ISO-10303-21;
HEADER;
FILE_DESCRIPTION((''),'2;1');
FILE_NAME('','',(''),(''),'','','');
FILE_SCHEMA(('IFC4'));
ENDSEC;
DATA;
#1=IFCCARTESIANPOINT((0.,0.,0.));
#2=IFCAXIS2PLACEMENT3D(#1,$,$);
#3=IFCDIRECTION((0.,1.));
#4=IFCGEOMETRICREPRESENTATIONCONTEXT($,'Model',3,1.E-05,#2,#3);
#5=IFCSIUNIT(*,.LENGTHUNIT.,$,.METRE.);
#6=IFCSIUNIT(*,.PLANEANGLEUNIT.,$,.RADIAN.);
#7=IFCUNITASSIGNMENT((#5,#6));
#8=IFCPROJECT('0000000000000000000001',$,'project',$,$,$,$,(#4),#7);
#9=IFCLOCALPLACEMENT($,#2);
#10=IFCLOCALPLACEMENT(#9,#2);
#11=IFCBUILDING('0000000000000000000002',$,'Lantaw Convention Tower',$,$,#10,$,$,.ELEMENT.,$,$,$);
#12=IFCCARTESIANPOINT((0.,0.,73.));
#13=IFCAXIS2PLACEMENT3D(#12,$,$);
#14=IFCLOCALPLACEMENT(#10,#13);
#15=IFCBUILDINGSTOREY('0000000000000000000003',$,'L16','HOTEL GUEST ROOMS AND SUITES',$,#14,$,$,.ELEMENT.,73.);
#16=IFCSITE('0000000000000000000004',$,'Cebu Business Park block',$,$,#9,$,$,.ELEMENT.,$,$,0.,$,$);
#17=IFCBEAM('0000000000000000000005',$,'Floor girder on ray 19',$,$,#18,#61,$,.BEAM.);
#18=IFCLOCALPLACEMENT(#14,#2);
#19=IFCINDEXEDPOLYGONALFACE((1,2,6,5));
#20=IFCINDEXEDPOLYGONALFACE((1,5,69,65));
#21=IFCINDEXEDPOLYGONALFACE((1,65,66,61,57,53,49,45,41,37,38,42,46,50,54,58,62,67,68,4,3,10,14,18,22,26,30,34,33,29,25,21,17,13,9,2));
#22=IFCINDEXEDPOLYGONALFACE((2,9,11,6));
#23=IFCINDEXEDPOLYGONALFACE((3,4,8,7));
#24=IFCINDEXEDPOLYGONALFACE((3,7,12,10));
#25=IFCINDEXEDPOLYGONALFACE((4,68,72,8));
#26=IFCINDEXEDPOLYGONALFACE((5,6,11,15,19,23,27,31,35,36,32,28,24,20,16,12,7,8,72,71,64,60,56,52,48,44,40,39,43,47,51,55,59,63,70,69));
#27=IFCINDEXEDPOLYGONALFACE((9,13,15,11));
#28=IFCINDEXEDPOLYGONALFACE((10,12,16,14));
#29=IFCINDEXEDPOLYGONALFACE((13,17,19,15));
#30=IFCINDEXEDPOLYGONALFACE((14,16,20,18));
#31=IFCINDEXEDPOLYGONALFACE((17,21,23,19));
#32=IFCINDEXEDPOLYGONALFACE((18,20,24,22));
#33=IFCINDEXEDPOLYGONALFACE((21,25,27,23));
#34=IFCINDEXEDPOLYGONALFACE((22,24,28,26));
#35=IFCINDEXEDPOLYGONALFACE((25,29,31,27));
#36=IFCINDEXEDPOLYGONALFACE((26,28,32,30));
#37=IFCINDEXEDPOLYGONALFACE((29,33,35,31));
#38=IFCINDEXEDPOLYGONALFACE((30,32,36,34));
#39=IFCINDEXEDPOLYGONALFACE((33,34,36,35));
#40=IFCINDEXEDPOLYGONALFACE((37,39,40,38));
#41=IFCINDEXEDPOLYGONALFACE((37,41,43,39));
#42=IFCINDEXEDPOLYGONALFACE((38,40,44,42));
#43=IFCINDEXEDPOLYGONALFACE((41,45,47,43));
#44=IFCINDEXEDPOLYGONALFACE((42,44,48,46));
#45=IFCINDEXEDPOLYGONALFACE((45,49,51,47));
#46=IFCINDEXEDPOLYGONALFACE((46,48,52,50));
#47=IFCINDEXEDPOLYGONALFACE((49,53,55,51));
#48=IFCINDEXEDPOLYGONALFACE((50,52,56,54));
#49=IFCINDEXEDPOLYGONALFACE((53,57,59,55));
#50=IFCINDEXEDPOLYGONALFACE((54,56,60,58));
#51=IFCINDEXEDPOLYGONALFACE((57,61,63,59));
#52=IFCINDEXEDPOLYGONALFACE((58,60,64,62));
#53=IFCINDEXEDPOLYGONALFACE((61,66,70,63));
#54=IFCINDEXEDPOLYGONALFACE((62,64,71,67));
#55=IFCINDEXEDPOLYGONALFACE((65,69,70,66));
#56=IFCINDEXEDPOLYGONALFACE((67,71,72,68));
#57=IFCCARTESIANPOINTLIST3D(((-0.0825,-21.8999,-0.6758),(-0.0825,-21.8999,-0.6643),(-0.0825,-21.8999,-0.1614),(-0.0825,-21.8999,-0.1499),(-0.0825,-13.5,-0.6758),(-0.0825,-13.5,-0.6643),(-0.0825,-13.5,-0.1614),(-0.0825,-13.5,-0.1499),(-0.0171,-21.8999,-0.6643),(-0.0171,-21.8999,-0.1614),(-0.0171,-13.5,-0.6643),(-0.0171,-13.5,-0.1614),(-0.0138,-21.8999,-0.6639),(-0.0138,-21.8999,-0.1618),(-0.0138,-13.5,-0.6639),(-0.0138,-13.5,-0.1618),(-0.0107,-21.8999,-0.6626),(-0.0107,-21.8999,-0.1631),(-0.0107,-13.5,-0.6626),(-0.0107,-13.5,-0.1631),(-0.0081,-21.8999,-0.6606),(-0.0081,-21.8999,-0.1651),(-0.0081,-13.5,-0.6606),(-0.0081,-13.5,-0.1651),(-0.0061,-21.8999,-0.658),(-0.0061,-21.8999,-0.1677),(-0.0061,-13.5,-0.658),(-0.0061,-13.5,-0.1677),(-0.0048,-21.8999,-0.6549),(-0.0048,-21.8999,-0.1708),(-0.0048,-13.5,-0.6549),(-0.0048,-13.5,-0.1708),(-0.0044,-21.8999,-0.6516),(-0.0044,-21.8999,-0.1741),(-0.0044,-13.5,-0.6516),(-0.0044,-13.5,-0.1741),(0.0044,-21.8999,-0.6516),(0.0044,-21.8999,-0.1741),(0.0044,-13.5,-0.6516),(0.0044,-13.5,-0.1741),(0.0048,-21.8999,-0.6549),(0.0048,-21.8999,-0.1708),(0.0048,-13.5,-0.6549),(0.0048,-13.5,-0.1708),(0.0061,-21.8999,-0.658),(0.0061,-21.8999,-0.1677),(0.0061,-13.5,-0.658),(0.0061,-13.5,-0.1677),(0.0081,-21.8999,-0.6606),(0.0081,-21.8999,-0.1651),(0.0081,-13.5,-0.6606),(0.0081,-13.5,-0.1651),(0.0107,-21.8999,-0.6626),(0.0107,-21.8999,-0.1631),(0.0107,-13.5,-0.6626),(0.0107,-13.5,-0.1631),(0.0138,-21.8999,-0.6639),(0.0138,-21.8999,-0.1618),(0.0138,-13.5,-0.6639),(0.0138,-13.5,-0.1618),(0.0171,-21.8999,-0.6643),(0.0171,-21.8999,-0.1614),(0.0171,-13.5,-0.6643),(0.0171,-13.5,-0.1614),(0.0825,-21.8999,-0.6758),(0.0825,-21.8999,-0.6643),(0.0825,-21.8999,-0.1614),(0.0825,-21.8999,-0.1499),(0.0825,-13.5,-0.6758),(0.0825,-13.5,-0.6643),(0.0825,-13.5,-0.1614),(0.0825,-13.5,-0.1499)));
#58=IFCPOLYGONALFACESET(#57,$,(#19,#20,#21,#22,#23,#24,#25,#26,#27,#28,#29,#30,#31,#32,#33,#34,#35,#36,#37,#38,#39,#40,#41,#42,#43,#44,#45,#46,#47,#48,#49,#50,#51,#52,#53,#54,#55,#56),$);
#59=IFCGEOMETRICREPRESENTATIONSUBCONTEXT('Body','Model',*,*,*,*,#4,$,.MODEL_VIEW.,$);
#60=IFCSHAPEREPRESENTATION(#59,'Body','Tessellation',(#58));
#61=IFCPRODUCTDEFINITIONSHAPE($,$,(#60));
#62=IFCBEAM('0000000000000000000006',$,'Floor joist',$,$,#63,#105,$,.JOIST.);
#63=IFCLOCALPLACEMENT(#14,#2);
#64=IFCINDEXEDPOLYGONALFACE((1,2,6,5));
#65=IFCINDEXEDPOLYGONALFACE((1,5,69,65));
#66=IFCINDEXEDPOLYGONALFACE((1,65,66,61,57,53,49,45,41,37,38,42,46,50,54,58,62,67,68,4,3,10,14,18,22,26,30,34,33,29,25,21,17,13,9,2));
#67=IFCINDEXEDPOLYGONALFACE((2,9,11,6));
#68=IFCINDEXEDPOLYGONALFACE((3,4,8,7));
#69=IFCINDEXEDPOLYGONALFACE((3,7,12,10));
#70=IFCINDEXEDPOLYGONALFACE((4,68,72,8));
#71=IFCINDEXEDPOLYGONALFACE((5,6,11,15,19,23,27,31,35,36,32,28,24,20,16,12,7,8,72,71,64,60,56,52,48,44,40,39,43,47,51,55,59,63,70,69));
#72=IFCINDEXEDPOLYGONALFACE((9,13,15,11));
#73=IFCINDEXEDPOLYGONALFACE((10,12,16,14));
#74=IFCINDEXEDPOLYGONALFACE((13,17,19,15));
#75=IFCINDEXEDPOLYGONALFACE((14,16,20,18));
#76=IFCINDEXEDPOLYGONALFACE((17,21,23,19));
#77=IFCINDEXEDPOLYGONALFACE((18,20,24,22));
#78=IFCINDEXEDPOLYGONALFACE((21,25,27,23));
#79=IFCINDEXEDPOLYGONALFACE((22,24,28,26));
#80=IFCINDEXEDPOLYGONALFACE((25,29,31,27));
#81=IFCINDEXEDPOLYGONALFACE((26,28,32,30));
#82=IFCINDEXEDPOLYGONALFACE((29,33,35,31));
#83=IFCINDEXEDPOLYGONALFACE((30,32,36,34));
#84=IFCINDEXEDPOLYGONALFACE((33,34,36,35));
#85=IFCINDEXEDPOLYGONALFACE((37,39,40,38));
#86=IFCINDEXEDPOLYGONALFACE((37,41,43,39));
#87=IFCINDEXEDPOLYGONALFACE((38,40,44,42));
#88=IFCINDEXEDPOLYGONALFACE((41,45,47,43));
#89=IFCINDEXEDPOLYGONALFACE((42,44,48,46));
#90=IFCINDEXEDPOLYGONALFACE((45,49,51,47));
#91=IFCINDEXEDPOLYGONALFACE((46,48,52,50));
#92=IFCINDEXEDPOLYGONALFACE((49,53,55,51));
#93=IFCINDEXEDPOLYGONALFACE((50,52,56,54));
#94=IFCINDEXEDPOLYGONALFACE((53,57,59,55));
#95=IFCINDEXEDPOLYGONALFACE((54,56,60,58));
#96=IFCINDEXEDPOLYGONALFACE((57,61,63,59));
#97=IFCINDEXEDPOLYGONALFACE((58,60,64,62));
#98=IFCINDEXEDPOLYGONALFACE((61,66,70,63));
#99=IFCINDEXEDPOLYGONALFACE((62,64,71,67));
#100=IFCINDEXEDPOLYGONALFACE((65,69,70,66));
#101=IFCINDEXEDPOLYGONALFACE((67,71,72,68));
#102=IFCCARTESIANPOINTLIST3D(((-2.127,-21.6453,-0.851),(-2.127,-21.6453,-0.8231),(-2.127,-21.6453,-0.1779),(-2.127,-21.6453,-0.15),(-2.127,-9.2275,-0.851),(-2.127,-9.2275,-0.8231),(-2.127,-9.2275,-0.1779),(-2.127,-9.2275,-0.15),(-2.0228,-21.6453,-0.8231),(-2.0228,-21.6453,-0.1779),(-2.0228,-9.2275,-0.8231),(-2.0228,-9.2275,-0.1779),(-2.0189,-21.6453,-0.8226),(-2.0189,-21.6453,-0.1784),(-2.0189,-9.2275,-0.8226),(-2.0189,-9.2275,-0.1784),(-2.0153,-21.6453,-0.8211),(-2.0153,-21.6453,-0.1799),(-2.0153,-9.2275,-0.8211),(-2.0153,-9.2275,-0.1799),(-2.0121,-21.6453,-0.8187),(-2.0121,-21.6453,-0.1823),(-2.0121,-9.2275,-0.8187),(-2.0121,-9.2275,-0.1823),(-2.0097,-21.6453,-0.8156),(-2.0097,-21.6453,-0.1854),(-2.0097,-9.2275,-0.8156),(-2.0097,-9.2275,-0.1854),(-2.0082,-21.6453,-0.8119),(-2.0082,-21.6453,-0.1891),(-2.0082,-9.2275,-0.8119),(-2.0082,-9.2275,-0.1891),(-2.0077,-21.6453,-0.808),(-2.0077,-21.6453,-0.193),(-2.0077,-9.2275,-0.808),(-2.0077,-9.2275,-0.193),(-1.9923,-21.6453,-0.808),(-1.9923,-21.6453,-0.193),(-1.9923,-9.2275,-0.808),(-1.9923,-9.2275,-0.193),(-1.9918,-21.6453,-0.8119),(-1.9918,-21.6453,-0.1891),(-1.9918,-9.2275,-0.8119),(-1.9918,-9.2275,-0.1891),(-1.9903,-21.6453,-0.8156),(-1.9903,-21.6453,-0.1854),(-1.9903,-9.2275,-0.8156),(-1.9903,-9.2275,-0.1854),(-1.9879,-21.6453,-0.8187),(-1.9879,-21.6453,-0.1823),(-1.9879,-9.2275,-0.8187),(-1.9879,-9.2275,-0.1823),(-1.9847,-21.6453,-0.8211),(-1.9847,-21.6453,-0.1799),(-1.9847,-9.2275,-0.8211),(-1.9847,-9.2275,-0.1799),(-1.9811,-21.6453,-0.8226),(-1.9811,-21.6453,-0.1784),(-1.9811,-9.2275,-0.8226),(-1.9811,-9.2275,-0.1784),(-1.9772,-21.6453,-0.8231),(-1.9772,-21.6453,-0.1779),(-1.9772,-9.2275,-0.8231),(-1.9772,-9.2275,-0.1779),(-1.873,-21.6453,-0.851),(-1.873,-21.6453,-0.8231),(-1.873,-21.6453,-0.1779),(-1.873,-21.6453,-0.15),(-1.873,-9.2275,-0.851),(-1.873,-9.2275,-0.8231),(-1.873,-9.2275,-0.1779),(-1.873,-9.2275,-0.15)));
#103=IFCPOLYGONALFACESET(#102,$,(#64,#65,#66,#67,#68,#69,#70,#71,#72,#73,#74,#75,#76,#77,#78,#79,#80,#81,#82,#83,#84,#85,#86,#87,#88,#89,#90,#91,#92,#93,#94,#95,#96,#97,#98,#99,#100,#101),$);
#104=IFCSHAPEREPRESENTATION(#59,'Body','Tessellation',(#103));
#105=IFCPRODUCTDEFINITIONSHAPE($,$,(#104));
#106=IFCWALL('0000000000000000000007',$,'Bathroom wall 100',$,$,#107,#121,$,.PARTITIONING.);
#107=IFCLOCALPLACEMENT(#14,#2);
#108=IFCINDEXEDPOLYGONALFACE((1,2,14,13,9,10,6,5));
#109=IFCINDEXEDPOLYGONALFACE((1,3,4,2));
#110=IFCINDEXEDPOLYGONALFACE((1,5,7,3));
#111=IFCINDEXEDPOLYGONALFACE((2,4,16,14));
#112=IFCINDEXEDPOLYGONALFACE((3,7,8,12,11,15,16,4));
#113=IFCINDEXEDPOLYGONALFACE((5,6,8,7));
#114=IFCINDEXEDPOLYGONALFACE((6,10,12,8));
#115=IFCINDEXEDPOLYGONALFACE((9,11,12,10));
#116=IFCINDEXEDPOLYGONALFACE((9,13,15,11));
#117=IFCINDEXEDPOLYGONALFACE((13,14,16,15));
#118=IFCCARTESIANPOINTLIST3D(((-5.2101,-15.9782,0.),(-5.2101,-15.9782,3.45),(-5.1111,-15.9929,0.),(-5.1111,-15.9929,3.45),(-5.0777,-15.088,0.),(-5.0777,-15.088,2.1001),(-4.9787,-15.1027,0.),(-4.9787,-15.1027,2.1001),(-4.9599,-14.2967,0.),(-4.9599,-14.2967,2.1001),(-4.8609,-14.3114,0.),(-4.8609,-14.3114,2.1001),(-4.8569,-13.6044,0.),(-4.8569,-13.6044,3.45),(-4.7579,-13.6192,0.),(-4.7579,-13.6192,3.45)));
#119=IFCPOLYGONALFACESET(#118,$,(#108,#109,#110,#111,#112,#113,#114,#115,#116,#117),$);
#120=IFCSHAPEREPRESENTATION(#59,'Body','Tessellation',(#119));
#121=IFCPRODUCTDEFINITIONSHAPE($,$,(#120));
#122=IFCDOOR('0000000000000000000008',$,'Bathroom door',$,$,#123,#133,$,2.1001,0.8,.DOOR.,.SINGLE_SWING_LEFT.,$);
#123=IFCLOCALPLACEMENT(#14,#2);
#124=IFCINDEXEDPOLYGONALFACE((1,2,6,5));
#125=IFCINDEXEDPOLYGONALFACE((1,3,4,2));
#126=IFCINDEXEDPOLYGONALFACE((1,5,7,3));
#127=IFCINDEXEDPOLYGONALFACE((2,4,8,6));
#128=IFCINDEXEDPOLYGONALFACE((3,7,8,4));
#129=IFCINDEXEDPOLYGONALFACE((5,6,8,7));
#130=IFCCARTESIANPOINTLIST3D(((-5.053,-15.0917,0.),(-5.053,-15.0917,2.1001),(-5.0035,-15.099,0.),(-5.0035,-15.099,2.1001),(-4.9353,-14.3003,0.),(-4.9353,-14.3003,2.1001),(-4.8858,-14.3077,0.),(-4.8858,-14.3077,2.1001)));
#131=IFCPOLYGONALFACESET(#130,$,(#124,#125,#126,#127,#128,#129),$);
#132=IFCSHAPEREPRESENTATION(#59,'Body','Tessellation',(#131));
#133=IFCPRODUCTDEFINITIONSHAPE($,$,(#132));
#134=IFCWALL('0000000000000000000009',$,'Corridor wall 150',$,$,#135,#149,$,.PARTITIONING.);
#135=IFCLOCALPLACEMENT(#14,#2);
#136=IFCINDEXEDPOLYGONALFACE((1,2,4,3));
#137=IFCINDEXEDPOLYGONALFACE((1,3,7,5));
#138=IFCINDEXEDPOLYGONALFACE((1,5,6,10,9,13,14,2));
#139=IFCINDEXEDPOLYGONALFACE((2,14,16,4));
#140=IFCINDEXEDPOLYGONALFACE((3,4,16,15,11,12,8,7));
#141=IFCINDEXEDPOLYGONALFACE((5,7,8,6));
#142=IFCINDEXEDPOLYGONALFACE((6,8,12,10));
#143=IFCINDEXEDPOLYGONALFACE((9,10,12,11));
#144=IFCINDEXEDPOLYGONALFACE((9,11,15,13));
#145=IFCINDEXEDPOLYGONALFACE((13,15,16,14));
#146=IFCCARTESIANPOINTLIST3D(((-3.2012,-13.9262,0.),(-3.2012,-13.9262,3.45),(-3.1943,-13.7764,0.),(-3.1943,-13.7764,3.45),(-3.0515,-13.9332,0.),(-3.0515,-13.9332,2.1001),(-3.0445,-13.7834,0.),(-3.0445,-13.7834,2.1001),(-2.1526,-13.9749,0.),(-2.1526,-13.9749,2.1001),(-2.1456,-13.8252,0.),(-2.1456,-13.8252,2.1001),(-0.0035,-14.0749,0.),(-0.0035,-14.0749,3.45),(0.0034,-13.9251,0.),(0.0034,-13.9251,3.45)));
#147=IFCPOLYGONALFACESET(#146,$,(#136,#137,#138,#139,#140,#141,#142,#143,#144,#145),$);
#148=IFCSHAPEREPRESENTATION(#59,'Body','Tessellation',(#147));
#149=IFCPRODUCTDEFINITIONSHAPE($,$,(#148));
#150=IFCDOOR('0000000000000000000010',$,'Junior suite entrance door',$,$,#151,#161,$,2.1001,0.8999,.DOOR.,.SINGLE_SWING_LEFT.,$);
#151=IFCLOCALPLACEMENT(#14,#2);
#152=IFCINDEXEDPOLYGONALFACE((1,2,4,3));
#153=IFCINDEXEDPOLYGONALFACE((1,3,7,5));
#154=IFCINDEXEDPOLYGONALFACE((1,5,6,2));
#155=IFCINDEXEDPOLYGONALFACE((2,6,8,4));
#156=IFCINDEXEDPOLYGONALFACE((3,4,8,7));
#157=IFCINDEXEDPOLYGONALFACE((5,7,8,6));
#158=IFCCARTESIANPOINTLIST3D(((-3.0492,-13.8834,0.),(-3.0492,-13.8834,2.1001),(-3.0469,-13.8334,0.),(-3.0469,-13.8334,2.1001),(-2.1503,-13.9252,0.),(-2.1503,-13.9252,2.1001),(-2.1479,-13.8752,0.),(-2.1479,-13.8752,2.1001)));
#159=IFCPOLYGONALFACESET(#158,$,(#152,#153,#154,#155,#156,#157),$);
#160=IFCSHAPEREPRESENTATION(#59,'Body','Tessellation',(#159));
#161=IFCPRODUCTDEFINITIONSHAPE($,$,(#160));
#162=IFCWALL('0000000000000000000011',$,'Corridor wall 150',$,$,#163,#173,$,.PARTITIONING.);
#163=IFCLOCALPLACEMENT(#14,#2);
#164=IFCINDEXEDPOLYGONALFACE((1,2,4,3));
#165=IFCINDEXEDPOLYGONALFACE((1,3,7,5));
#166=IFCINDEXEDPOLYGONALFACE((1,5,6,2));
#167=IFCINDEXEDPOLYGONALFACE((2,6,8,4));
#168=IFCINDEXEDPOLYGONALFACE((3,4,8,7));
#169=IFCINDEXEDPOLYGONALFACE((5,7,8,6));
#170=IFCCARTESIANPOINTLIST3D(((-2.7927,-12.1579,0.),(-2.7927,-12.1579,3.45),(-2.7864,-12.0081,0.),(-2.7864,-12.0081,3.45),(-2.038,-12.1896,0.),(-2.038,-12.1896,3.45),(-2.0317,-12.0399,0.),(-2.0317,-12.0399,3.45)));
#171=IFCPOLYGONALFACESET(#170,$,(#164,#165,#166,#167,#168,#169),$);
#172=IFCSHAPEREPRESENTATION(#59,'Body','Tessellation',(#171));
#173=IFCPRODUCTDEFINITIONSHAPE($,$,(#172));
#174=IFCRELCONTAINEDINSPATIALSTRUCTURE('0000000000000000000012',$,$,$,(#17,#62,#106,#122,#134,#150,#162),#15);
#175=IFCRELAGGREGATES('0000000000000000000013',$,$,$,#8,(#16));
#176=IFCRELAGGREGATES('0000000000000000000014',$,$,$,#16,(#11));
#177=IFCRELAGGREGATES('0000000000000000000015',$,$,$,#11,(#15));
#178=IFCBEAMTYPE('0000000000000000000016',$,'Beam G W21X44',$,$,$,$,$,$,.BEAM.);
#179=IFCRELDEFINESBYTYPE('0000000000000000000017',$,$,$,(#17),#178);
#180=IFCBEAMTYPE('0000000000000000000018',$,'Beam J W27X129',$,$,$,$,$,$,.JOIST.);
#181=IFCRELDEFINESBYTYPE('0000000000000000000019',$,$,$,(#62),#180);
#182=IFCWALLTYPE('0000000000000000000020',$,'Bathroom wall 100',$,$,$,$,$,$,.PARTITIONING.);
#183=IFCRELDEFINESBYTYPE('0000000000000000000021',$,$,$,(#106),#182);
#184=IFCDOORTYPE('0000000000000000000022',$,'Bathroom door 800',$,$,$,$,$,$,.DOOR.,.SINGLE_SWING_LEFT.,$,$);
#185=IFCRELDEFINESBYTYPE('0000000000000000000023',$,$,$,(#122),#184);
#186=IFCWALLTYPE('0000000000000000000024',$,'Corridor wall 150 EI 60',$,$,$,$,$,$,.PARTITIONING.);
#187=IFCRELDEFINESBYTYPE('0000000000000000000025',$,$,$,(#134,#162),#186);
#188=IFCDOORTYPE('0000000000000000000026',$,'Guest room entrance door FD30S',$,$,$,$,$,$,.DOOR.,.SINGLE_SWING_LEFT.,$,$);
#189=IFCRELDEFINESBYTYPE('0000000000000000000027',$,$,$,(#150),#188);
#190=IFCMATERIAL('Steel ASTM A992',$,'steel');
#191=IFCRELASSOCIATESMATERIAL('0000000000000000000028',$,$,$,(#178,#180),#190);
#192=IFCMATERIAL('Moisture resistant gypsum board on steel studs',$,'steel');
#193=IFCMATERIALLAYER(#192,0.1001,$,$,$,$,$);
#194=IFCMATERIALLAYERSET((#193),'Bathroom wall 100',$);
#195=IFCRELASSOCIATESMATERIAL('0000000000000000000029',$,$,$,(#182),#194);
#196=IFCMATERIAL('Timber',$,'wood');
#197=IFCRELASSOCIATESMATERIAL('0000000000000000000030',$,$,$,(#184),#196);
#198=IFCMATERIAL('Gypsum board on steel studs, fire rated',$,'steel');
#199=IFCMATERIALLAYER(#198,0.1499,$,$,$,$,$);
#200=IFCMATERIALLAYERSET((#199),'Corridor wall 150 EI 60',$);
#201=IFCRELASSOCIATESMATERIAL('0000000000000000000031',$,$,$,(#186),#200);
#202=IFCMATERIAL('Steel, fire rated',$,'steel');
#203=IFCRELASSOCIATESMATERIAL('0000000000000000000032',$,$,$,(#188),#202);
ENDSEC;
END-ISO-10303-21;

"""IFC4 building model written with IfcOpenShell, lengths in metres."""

from ifc_helpers import new_model, si_unit, direction, frame, frame_2d, origin, origin_2d, place, context, subcontext, project, spatial, rectangle, i_section, extrude, material, layer, layer_set, material_profile, profile_set, type_object, element, fill, save


model = new_model("IFC4")

# Units and contexts
model_context = context("Model", 3, precision=1e-05, world=origin(), true_north=direction((0.0, 1.0)))
body_context = subcontext(model_context, "Body", "Model", "MODEL_VIEW")
ifc_project = project(units=[si_unit("LENGTHUNIT", "METRE"), si_unit("PLANEANGLEUNIT", "RADIAN")], contexts=[model_context])

# Site, building, storey
site_placement = place(None, origin())
site = spatial("IfcSite", under=ifc_project, at=site_placement, Name="Cebu Business Park block", CompositionType="ELEMENT", RefElevation=0.0)
building_placement = place(site_placement, origin())
building = spatial("IfcBuilding", under=site, at=building_placement, Name="Lantaw Convention Tower", CompositionType="ELEMENT")
storey_placement = place(building_placement, frame((0.0, 0.0, 73.0)))
storey = spatial("IfcBuildingStorey", under=building, at=storey_placement, Name="L16", Description="HOTEL GUEST ROOMS AND SUITES", CompositionType="ELEMENT", Elevation=73.0)

# Beams
ifc_material_1 = material(Name="Steel ASTM A992", Category="steel")
ifc_material_profile_1 = material_profile(ifc_material_1, i_section(OverallWidth=0.165, OverallDepth=0.5259, WebThickness=0.0088, FlangeThickness=0.0115, FilletRadius=0.0127, at=origin_2d()), Name="W21X44")
ifc_profile_set_1 = profile_set([ifc_material_profile_1], Name="Steel ASTM A992")
beam_type_1 = type_object("IfcBeamType", Name="Beam G W21X44", PredefinedType="BEAM", material=ifc_profile_set_1)
beam_1_placement = place(storey_placement, frame((0.0, -13.5, -0.4128), z_axis=(0.0, -1.0, 0.0), x_axis=(1.0, 0.0, 0.0)))
element("IfcBeam", 1, at=beam_1_placement, inside=storey, type_object=beam_type_1, Name="Floor girder on ray 19", PredefinedType="BEAM", context=body_context, shape_type="SweptSolid", body=[
    extrude(i_section(OverallWidth=0.165, OverallDepth=0.5259, WebThickness=0.0088, FlangeThickness=0.0115, FilletRadius=0.0127, at=origin_2d()), origin(), (0.0, 0.0, 1.0), 8.3999),
])
ifc_material_profile_2 = material_profile(ifc_material_1, i_section(OverallWidth=0.2539, OverallDepth=0.7009, WebThickness=0.0154, FlangeThickness=0.0278, FilletRadius=0.0151, at=origin_2d()), Name="W27X129")
ifc_profile_set_2 = profile_set([ifc_material_profile_2], Name="Steel ASTM A992")
beam_type_2 = type_object("IfcBeamType", Name="Beam J W27X129", PredefinedType="JOIST", material=ifc_profile_set_2)
beam_2_placement = place(storey_placement, frame((-2.0, -21.6453, -0.5005), z_axis=(0.0, 1.0, 0.0), x_axis=(-1.0, 0.0, 0.0)))
element("IfcBeam", 2, at=beam_2_placement, inside=storey, type_object=beam_type_2, Name="Floor joist", PredefinedType="JOIST", context=body_context, shape_type="SweptSolid", body=[
    extrude(i_section(OverallWidth=0.2539, OverallDepth=0.7009, WebThickness=0.0154, FlangeThickness=0.0278, FilletRadius=0.0151, at=origin_2d()), origin(), (0.0, 0.0, 1.0), 12.4177),
])

# Walls, openings, doors
ifc_material_2 = material(Name="Moisture resistant gypsum board on steel studs", Category="steel")
ifc_layer_1 = layer(ifc_material_2, 0.1001)
ifc_layer_set_1 = layer_set([ifc_layer_1], Name="Bathroom wall 100")
wall_type_1 = type_object("IfcWallType", Name="Bathroom wall 100", PredefinedType="PARTITIONING", material=ifc_layer_set_1)
wall_1_placement = place(storey_placement, frame((-4.8074, -13.6118, 0.0), z_axis=(0.0, 0.0, 1.0), x_axis=(-0.147201, -0.989107, 0.0)))
wall_1 = element("IfcWall", 3, at=wall_1_placement, inside=storey, type_object=wall_type_1, Name="Bathroom wall 100", PredefinedType="PARTITIONING", context=body_context, shape_type="SweptSolid", body=[
    extrude(rectangle(XDim=2.3999, YDim=0.1001, at=frame_2d((1.2, 0.0))), origin(), (0.0, 0.0, 1.0), 3.45),
])
opening_1_placement = place(wall_1_placement, frame((0.7, 0.0, 0.0)))
opening_1 = element("IfcOpeningElement", 4, at=opening_1_placement, cuts=wall_1, PredefinedType="OPENING", context=body_context, shape_type="SweptSolid", body=[
    extrude(rectangle(XDim=0.8, YDim=2.1001, at=frame_2d((0.3999, 1.05))), frame((0.0, 0.0601, 0.0), z_axis=(0.0, -1.0, 0.0), x_axis=(1.0, 0.0, 0.0)), (0.0, 0.0, 1.0), 0.1201),
])
ifc_material_3 = material(Name="Timber", Category="wood")
door_type_1 = type_object("IfcDoorType", Name="Bathroom door 800", OperationType="SINGLE_SWING_LEFT", PredefinedType="DOOR", material=ifc_material_3)
door_1_placement = place(opening_1_placement, origin())
door_1 = element("IfcDoor", 5, at=door_1_placement, inside=storey, type_object=door_type_1, Name="Bathroom door", OperationType="SINGLE_SWING_LEFT", OverallHeight=2.1001, OverallWidth=0.8, PredefinedType="DOOR", context=body_context, shape_type="SweptSolid", body=[
    extrude(rectangle(XDim=0.8, YDim=2.1001, at=frame_2d((0.3999, 1.05))), frame((0.0, 0.0249, 0.0), z_axis=(0.0, -1.0, 0.0), x_axis=(1.0, 0.0, 0.0)), (0.0, 0.0, 1.0), 0.05),
])
fill(opening_1, door_1)
ifc_material_4 = material(Name="Gypsum board on steel studs, fire rated", Category="steel")
ifc_layer_2 = layer(ifc_material_4, 0.1499)
ifc_layer_set_2 = layer_set([ifc_layer_2], Name="Corridor wall 150 EI 60")
wall_type_2 = type_object("IfcWallType", Name="Corridor wall 150 EI 60", PredefinedType="PARTITIONING", material=ifc_layer_set_2)
wall_2_placement = place(storey_placement, frame((-3.1978, -13.8513, 0.0), z_axis=(0.0, 0.0, 1.0), x_axis=(0.998921, -0.046445, 0.0)))
wall_2 = element("IfcWall", 6, at=wall_2_placement, inside=storey, type_object=wall_type_2, Name="Corridor wall 150", PredefinedType="PARTITIONING", context=body_context, shape_type="SweptSolid", body=[
    extrude(rectangle(XDim=3.2012, YDim=0.1499, at=frame_2d((1.6006, 0.0))), origin(), (0.0, 0.0, 1.0), 3.45),
])
opening_2_placement = place(wall_2_placement, frame((0.1499, 0.0, 0.0)))
opening_2 = element("IfcOpeningElement", 7, at=opening_2_placement, cuts=wall_2, PredefinedType="OPENING", context=body_context, shape_type="SweptSolid", body=[
    extrude(rectangle(XDim=0.8999, YDim=2.1001, at=frame_2d((0.45, 1.05))), frame((0.0, 0.085, 0.0), z_axis=(0.0, -1.0, 0.0), x_axis=(1.0, 0.0, 0.0)), (0.0, 0.0, 1.0), 0.1699),
])
ifc_material_5 = material(Name="Steel, fire rated", Category="steel")
door_type_2 = type_object("IfcDoorType", Name="Guest room entrance door FD30S", OperationType="SINGLE_SWING_LEFT", PredefinedType="DOOR", material=ifc_material_5)
door_2_placement = place(opening_2_placement, origin())
door_2 = element("IfcDoor", 8, at=door_2_placement, inside=storey, type_object=door_type_2, Name="Junior suite entrance door", OperationType="SINGLE_SWING_LEFT", OverallHeight=2.1001, OverallWidth=0.8999, PredefinedType="DOOR", context=body_context, shape_type="SweptSolid", body=[
    extrude(rectangle(XDim=0.8999, YDim=2.1001, at=frame_2d((0.45, 1.05))), frame((0.0, 0.0249, 0.0), z_axis=(0.0, -1.0, 0.0), x_axis=(1.0, 0.0, 0.0)), (0.0, 0.0, 1.0), 0.05),
])
fill(opening_2, door_2)

# Wall
wall_3_placement = place(storey_placement, frame((-2.7896, -12.083, 0.0), z_axis=(0.0, 0.0, 1.0), x_axis=(0.999117, -0.04202, 0.0)))
element("IfcWall", 9, at=wall_3_placement, inside=storey, type_object=wall_type_2, Name="Corridor wall 150", PredefinedType="PARTITIONING", context=body_context, shape_type="SweptSolid", body=[
    extrude(rectangle(XDim=0.7554, YDim=0.1499, at=frame_2d((0.3777, 0.0))), origin(), (0.0, 0.0, 1.0), 3.45),
])

save(model, "model.ifc")
